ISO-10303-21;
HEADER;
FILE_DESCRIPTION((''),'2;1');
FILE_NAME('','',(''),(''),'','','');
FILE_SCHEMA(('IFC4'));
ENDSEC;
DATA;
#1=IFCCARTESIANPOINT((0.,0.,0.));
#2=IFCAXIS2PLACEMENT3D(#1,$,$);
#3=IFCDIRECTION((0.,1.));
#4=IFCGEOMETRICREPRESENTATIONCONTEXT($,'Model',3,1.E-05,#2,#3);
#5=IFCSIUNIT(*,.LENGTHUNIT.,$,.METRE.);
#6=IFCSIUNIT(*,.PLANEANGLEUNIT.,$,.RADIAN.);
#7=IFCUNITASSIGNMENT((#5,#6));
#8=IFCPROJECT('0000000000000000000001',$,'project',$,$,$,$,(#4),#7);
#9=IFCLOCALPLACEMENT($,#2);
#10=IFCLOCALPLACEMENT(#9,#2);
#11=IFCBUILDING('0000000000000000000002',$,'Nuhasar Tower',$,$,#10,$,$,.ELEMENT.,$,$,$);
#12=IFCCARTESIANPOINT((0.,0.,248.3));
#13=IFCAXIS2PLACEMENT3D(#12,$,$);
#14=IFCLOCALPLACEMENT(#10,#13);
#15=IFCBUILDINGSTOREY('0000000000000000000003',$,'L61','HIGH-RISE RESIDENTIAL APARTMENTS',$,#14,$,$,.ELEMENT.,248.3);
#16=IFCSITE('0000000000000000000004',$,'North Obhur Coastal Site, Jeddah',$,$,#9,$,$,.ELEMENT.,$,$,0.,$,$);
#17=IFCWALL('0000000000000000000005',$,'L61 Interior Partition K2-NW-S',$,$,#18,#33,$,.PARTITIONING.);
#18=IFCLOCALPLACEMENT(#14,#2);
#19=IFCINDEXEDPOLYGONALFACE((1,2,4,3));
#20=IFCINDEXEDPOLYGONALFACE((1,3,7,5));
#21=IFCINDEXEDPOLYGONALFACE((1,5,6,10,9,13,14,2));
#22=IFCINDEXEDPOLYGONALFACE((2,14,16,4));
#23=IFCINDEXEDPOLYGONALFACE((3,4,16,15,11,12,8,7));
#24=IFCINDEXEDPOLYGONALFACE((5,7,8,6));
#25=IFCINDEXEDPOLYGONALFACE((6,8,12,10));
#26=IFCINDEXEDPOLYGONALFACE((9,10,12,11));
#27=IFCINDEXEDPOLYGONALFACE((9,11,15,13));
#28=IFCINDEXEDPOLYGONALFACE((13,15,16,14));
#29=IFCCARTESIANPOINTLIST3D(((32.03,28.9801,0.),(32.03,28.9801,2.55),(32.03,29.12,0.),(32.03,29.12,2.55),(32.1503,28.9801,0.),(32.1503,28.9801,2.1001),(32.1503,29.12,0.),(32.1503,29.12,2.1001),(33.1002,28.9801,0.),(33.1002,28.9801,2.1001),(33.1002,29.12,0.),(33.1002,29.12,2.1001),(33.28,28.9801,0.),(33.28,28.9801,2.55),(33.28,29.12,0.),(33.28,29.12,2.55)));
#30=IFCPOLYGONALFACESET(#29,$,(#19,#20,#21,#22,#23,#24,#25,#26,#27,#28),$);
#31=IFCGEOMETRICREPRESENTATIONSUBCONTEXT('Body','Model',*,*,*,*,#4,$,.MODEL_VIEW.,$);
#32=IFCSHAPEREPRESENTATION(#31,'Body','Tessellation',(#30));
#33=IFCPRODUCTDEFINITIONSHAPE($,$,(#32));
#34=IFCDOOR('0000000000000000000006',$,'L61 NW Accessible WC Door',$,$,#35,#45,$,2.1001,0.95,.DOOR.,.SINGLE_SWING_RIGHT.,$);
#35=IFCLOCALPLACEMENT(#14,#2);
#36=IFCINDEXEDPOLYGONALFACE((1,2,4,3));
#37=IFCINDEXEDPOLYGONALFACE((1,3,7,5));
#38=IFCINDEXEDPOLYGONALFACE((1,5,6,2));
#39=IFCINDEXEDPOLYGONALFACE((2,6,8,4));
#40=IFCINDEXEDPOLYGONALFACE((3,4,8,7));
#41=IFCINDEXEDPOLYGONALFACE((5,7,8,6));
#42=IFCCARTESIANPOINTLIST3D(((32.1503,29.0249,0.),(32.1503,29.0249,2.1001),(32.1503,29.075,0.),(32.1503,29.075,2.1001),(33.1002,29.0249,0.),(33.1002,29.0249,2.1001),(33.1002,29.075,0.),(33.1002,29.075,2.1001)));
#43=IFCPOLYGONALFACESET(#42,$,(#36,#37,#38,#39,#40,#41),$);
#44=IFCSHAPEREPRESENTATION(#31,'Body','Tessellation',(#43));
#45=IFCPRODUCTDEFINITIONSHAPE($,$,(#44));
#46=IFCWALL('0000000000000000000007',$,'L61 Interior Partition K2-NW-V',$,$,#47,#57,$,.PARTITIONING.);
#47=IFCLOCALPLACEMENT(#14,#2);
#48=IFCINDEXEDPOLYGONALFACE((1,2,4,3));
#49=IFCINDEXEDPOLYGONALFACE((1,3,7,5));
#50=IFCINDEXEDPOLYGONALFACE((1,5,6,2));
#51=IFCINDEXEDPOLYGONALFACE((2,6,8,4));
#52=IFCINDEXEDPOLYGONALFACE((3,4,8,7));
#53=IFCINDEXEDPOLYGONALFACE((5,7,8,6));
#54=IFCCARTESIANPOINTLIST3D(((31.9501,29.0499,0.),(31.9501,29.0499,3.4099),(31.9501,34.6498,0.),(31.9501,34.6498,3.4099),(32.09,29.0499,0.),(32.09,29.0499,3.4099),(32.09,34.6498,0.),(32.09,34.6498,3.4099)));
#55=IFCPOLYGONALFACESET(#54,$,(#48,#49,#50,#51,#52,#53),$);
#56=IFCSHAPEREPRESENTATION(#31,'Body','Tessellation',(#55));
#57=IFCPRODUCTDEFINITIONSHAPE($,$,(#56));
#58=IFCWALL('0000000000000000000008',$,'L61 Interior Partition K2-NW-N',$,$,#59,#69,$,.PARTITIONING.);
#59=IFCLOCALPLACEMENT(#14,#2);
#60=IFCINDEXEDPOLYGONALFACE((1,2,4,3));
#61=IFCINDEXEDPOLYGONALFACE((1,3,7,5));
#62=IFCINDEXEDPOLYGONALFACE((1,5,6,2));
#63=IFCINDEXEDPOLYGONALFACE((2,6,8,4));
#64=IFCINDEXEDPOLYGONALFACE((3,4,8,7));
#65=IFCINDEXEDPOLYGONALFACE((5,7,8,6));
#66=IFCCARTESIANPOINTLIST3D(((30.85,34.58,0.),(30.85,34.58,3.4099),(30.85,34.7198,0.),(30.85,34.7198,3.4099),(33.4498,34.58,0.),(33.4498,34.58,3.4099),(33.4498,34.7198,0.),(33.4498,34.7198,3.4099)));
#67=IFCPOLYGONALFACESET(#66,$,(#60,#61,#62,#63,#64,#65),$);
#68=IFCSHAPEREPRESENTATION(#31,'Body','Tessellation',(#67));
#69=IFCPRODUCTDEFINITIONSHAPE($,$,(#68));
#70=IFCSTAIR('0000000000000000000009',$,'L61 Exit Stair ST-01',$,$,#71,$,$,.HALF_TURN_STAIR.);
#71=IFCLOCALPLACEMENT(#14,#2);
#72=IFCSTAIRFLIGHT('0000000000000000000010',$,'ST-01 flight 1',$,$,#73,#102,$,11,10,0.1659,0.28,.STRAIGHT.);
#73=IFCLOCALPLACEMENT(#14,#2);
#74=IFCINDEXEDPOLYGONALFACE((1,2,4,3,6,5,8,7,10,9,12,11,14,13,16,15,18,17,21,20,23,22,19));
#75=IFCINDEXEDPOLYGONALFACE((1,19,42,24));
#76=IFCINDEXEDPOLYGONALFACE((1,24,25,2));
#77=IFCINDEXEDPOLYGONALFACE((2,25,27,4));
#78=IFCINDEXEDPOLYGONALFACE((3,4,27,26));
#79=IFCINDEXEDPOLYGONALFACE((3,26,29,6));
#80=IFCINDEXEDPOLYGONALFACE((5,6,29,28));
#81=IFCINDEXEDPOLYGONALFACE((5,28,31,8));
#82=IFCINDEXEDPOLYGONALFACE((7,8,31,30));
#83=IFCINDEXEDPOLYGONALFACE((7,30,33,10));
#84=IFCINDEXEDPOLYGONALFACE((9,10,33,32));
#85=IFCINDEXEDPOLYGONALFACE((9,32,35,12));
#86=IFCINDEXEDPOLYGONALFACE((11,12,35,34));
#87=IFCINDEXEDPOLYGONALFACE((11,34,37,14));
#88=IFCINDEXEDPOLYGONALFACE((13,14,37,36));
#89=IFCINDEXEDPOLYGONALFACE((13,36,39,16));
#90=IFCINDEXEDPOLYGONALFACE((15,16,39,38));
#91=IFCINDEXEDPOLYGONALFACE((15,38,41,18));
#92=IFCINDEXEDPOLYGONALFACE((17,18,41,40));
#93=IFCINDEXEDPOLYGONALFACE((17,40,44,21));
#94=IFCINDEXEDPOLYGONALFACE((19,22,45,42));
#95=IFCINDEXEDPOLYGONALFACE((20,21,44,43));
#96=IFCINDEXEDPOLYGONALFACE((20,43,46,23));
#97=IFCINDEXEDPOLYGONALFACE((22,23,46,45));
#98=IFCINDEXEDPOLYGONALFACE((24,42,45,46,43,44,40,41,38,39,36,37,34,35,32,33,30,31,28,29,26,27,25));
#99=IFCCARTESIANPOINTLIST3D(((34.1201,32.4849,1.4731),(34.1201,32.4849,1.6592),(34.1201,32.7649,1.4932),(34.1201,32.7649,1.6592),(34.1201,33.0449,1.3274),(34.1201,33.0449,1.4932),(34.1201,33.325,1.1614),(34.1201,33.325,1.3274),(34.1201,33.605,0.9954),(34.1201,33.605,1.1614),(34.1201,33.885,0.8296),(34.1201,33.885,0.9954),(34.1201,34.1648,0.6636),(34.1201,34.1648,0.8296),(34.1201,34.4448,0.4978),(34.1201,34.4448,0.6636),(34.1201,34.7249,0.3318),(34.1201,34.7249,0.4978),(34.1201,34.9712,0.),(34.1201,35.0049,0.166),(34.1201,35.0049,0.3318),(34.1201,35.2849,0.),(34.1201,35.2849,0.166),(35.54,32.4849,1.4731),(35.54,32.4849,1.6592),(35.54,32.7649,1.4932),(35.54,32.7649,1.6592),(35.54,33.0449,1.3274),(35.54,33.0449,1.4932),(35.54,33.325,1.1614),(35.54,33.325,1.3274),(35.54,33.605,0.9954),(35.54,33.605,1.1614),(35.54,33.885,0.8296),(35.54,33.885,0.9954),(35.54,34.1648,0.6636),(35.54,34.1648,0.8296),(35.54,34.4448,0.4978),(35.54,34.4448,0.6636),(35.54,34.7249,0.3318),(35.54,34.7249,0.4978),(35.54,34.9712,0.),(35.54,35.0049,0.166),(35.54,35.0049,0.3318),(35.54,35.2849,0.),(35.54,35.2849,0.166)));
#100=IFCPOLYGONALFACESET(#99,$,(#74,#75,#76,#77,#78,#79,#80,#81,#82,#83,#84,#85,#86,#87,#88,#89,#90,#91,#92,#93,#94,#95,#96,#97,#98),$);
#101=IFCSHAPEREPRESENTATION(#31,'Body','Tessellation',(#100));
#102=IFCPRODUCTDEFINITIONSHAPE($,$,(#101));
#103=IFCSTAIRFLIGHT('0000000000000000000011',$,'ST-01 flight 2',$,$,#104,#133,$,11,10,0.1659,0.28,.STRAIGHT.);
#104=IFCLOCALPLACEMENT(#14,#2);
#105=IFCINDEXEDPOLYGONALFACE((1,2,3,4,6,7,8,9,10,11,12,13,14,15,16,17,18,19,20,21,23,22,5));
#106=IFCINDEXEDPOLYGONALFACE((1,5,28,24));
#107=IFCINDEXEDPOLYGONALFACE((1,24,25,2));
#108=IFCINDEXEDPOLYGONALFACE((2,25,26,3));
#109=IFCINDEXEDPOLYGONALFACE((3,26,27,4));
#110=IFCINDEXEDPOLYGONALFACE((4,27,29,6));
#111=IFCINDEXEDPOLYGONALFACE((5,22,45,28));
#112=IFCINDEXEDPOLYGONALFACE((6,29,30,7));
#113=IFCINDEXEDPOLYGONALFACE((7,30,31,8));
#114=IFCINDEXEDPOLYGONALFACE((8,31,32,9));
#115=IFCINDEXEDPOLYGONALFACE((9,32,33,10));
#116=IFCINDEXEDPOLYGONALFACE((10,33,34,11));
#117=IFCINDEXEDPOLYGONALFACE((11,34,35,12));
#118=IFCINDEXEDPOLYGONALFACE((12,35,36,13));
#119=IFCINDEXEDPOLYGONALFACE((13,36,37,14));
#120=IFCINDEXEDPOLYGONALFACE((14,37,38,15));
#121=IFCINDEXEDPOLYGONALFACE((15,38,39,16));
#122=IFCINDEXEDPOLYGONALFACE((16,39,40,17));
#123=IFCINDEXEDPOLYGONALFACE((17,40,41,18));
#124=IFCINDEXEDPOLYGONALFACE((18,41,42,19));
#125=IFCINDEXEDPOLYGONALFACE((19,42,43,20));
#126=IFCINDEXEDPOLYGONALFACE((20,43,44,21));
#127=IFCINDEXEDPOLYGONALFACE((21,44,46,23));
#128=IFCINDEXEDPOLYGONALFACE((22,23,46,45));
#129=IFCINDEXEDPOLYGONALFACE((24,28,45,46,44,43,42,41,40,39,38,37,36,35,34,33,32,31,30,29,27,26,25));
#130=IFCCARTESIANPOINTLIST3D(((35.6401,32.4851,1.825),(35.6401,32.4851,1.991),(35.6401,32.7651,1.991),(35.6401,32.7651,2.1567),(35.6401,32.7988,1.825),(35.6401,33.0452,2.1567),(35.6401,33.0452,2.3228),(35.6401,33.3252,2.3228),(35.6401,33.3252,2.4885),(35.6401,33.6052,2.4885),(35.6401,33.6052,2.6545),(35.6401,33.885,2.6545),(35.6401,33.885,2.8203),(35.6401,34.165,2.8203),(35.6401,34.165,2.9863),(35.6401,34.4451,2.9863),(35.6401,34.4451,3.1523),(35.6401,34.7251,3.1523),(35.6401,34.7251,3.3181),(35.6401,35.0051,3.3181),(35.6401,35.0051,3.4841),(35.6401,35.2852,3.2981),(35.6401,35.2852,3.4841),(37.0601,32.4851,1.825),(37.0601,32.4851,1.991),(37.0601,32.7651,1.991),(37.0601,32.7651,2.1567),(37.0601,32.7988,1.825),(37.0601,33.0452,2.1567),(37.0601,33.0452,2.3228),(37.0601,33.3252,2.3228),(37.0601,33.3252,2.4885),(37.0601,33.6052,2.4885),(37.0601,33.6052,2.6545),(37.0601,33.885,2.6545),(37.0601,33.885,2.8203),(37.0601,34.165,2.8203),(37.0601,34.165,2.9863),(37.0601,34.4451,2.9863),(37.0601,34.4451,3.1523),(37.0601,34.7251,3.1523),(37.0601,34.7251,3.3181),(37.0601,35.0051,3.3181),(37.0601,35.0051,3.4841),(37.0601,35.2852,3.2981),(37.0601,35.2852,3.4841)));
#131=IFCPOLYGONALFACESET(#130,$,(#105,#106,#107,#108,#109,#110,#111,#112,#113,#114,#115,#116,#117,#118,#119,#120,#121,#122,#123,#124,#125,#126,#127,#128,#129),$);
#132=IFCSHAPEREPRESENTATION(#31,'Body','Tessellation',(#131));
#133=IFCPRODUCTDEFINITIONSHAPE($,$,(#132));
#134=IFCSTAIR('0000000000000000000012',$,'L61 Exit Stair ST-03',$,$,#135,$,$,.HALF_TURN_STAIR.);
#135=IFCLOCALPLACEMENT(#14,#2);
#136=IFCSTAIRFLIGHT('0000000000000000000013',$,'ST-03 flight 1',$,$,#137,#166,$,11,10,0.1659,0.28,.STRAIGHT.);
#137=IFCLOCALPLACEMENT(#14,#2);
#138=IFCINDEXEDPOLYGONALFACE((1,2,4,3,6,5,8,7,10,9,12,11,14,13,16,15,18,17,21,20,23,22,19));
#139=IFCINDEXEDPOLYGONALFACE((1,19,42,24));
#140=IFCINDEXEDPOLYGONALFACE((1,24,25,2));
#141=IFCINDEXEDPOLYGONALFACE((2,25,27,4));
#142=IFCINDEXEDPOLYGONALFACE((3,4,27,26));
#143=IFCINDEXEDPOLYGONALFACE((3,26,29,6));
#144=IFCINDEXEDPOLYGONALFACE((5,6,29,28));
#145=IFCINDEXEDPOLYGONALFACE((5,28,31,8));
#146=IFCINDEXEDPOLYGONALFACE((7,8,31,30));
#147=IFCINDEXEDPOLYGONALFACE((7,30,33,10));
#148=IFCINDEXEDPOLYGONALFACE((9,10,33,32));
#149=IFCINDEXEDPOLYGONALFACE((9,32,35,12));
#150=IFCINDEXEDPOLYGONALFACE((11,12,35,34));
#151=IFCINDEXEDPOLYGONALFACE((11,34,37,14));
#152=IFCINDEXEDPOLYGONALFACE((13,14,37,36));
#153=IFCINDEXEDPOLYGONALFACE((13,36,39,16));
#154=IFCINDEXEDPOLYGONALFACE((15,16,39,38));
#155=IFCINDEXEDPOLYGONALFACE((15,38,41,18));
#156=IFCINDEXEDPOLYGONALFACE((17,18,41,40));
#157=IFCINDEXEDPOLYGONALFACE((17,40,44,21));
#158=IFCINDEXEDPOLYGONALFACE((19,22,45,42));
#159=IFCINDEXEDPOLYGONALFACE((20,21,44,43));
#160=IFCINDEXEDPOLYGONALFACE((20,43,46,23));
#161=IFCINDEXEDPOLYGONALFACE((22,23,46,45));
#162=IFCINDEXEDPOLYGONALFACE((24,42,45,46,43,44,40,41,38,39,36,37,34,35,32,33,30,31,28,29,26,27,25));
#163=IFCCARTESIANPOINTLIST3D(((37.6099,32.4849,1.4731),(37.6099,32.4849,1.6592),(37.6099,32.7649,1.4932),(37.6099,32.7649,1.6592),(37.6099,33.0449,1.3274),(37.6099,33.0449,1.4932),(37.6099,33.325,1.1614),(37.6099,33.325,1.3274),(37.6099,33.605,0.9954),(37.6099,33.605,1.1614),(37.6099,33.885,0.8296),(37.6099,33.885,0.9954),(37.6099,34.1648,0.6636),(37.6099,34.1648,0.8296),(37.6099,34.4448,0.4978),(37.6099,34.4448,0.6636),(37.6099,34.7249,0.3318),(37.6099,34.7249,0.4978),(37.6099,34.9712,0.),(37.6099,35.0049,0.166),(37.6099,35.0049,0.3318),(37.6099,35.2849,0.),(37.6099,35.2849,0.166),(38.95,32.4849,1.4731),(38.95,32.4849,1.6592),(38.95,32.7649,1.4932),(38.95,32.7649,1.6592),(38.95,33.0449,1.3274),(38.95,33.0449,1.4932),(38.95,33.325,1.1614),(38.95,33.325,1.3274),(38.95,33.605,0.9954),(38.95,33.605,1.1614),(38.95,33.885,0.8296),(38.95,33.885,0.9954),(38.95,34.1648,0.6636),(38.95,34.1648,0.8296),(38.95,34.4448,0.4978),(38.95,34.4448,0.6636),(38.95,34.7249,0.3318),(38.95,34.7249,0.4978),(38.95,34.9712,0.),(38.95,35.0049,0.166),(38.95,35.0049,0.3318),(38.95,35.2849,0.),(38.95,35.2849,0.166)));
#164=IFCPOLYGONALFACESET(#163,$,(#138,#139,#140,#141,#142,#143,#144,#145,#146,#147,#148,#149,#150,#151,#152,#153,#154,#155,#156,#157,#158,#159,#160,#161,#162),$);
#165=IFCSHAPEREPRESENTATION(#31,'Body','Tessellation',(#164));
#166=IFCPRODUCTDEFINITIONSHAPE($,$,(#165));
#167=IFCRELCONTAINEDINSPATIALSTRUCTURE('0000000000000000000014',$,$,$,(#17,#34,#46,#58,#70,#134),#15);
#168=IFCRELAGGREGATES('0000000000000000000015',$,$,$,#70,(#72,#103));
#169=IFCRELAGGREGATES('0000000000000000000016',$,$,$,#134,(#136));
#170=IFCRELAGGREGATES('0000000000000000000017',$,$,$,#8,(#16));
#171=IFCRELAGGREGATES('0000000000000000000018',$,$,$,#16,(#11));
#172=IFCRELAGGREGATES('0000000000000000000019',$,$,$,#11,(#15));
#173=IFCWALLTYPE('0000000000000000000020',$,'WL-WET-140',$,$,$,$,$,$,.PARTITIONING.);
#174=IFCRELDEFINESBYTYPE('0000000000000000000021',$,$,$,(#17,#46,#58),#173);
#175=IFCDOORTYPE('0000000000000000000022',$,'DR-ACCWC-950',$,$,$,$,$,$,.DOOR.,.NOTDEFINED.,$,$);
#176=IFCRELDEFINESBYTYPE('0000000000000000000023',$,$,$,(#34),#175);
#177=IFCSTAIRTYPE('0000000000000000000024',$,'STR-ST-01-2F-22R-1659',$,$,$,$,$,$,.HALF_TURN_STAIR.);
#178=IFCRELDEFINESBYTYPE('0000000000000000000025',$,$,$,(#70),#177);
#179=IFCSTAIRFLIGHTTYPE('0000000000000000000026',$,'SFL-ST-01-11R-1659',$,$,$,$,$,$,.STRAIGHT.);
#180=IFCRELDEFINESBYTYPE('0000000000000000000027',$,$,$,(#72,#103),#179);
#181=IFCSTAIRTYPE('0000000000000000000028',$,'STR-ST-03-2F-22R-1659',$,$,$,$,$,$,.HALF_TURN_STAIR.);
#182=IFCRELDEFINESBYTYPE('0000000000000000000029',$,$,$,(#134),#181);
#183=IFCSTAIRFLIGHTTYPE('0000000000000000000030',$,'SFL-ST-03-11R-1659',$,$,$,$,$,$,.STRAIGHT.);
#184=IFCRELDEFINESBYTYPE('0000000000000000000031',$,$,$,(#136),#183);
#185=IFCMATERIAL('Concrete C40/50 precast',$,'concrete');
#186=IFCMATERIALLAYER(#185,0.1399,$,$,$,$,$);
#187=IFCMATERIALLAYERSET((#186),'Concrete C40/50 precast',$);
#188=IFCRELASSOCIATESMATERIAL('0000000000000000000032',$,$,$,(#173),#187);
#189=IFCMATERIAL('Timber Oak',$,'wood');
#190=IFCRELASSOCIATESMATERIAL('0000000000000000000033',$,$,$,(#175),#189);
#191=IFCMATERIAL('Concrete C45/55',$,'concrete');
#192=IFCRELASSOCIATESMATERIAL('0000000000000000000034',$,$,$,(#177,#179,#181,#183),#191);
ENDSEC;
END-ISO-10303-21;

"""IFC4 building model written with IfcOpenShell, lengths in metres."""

from ifc_helpers import new_model, si_unit, direction, frame, frame_2d, origin, place, context, subcontext, project, spatial, polyline, rectangle, outline, extrude, material, layer, layer_set, type_object, element, fill, aggregate, save


model = new_model("IFC4")

# Units and contexts
model_context = context("Model", 3, precision=1e-05, world=origin(), true_north=direction((0.0, 1.0)))
body_context = subcontext(model_context, "Body", "Model", "MODEL_VIEW")
ifc_project = project(units=[si_unit("LENGTHUNIT", "METRE"), si_unit("PLANEANGLEUNIT", "RADIAN")], contexts=[model_context])

# Site, building, storey
site_placement = place(None, origin())
site = spatial("IfcSite", under=ifc_project, at=site_placement, Name="North Obhur Coastal Site, Jeddah", CompositionType="ELEMENT", RefElevation=0.0)
building_placement = place(site_placement, origin())
building = spatial("IfcBuilding", under=site, at=building_placement, Name="Nuhasar Tower", CompositionType="ELEMENT")
storey_placement = place(building_placement, frame((0.0, 0.0, 248.3)))
storey = spatial("IfcBuildingStorey", under=building, at=storey_placement, Name="L61", Description="HIGH-RISE RESIDENTIAL APARTMENTS", CompositionType="ELEMENT", Elevation=248.3)

# Shared definitions
ifc_material_1 = material(Name="Concrete C40/50 precast", Category="concrete")
ifc_layer_1 = layer(ifc_material_1, 0.1399)
ifc_layer_set_1 = layer_set([ifc_layer_1], Name="Concrete C40/50 precast")
wall_type_1 = type_object("IfcWallType", Name="WL-WET-140", PredefinedType="PARTITIONING", material=ifc_layer_set_1)

# Wall, opening, door
wall_1_placement = place(storey_placement, frame((32.03, 29.05, 0.0), z_axis=(0.0, 0.0, 1.0), x_axis=(1.0, 0.0, 0.0)))
wall_1 = element("IfcWall", 1, at=wall_1_placement, inside=storey, type_object=wall_type_1, Name="L61 Interior Partition K2-NW-S", PredefinedType="PARTITIONING", context=body_context, shape_type="SweptSolid", body=[
    extrude(rectangle(XDim=1.25, YDim=0.1399, at=frame_2d((0.625, 0.0))), origin(), (0.0, 0.0, 1.0), 2.55),
])
opening_placement = place(wall_1_placement, frame((0.1201, 0.0, 0.0)))
opening = element("IfcOpeningElement", 2, at=opening_placement, cuts=wall_1, PredefinedType="OPENING", context=body_context, shape_type="SweptSolid", body=[
    extrude(rectangle(XDim=0.95, YDim=2.1001, at=frame_2d((0.4751, 1.05))), frame((0.0, 0.0801, 0.0), z_axis=(0.0, -1.0, 0.0), x_axis=(1.0, 0.0, 0.0)), (0.0, 0.0, 1.0), 0.1599),
])
ifc_material_2 = material(Name="Timber Oak", Category="wood")
door_type = type_object("IfcDoorType", Name="DR-ACCWC-950", OperationType="NOTDEFINED", PredefinedType="DOOR", material=ifc_material_2)
door_placement = place(opening_placement, origin())
door = element("IfcDoor", 3, at=door_placement, inside=storey, type_object=door_type, Name="L61 NW Accessible WC Door", OperationType="SINGLE_SWING_RIGHT", OverallHeight=2.1001, OverallWidth=0.95, PredefinedType="DOOR", context=body_context, shape_type="SweptSolid", body=[
    extrude(rectangle(XDim=0.95, YDim=2.1001, at=frame_2d((0.4751, 1.05))), frame((0.0, 0.0249, 0.0), z_axis=(0.0, -1.0, 0.0), x_axis=(1.0, 0.0, 0.0)), (0.0, 0.0, 1.0), 0.05),
])
fill(opening, door)

# Walls
wall_2_placement = place(storey_placement, frame((32.02, 29.05, 0.0), z_axis=(0.0, 0.0, 1.0), x_axis=(0.0, 1.0, 0.0)))
element("IfcWall", 4, at=wall_2_placement, inside=storey, type_object=wall_type_1, Name="L61 Interior Partition K2-NW-V", PredefinedType="PARTITIONING", context=body_context, shape_type="SweptSolid", body=[
    extrude(rectangle(XDim=5.5999, YDim=0.1399, at=frame_2d((2.7998, 0.0))), origin(), (0.0, 0.0, 1.0), 3.4099),
])
wall_3_placement = place(storey_placement, frame((30.8501, 34.6499, 0.0), z_axis=(0.0, 0.0, 1.0), x_axis=(1.0, 0.0, 0.0)))
element("IfcWall", 5, at=wall_3_placement, inside=storey, type_object=wall_type_1, Name="L61 Interior Partition K2-NW-N", PredefinedType="PARTITIONING", context=body_context, shape_type="SweptSolid", body=[
    extrude(rectangle(XDim=2.5999, YDim=0.1399, at=frame_2d((1.2998, 0.0))), origin(), (0.0, 0.0, 1.0), 3.4099),
])

# Stair, stair flights
ifc_material_3 = material(Name="Concrete C45/55", Category="concrete")
stair_type_1 = type_object("IfcStairType", Name="STR-ST-01-2F-22R-1659", PredefinedType="HALF_TURN_STAIR", material=ifc_material_3)
stair_1_placement = place(storey_placement, origin())
stair_1 = element("IfcStair", 6, at=stair_1_placement, inside=storey, type_object=stair_type_1, Name="L61 Exit Stair ST-01", PredefinedType="HALF_TURN_STAIR")
stair_flight_type_1 = type_object("IfcStairFlightType", Name="SFL-ST-01-11R-1659", PredefinedType="STRAIGHT", material=ifc_material_3)
stair_flight_1_placement = place(storey_placement, frame((34.8301, 35.2849, 0.0), z_axis=(0.0, 0.0, 1.0), x_axis=(0.0, -1.0, 0.0)))
stair_flight_1 = element("IfcStairFlight", 7, at=stair_flight_1_placement, type_object=stair_flight_type_1, Name="ST-01 flight 1", NumberOfRisers=11, NumberOfTreads=10, PredefinedType="STRAIGHT", RiserHeight=0.1659, TreadLength=0.28, context=body_context, shape_type="SweptSolid", body=[
    extrude(outline(polyline([(0.0, 0.0), (0.0, 0.166), (0.28, 0.166), (0.28, 0.3318), (0.5601, 0.3318), (0.5601, 0.4978), (0.8401, 0.4978), (0.8401, 0.6636), (1.1201, 0.6636), (1.1201, 0.8296), (1.3999, 0.8296), (1.3999, 0.9954), (1.6799, 0.9954), (1.6799, 1.1614), (1.96, 1.1614), (1.96, 1.3274), (2.24, 1.3274), (2.24, 1.4932), (2.52, 1.4932), (2.52, 1.6592), (2.8, 1.6592), (2.8, 1.825), (2.8, 1.4731), (0.3137, 0.0), (0.0, 0.0)])), frame((0.0, 0.71, 0.0), z_axis=(0.0, -1.0, 0.0), x_axis=(1.0, 0.0, 0.0)), (0.0, 0.0, 1.0), 1.4199),
])
stair_flight_2_placement = place(storey_placement, frame((36.3501, 32.4851, 1.825), z_axis=(0.0, 0.0, 1.0), x_axis=(0.0, 1.0, 0.0)))
stair_flight_2 = element("IfcStairFlight", 8, at=stair_flight_2_placement, type_object=stair_flight_type_1, Name="ST-01 flight 2", NumberOfRisers=11, NumberOfTreads=10, PredefinedType="STRAIGHT", RiserHeight=0.1659, TreadLength=0.28, context=body_context, shape_type="SweptSolid", body=[
    extrude(outline(polyline([(0.0, 0.0), (0.0, 0.166), (0.28, 0.166), (0.28, 0.3318), (0.5601, 0.3318), (0.5601, 0.4978), (0.8401, 0.4978), (0.8401, 0.6636), (1.1201, 0.6636), (1.1201, 0.8296), (1.3999, 0.8296), (1.3999, 0.9954), (1.6799, 0.9954), (1.6799, 1.1614), (1.96, 1.1614), (1.96, 1.3274), (2.24, 1.3274), (2.24, 1.4932), (2.52, 1.4932), (2.52, 1.6592), (2.8, 1.6592), (2.8, 1.825), (2.8, 1.4731), (0.3137, 0.0), (0.0, 0.0)])), frame((0.0, 0.71, 0.0), z_axis=(0.0, -1.0, 0.0), x_axis=(1.0, 0.0, 0.0)), (0.0, 0.0, 1.0), 1.4199),
])
aggregate(stair_1, [stair_flight_1, stair_flight_2])

# Stair, stair flight
stair_type_2 = type_object("IfcStairType", Name="STR-ST-03-2F-22R-1659", PredefinedType="HALF_TURN_STAIR", material=ifc_material_3)
stair_2_placement = place(storey_placement, origin())
stair_2 = element("IfcStair", 9, at=stair_2_placement, inside=storey, type_object=stair_type_2, Name="L61 Exit Stair ST-03", PredefinedType="HALF_TURN_STAIR")
stair_flight_type_2 = type_object("IfcStairFlightType", Name="SFL-ST-03-11R-1659", PredefinedType="STRAIGHT", material=ifc_material_3)
stair_flight_3_placement = place(storey_placement, frame((38.28, 35.2849, 0.0), z_axis=(0.0, 0.0, 1.0), x_axis=(0.0, -1.0, 0.0)))
stair_flight_3 = element("IfcStairFlight", 10, at=stair_flight_3_placement, type_object=stair_flight_type_2, Name="ST-03 flight 1", NumberOfRisers=11, NumberOfTreads=10, PredefinedType="STRAIGHT", RiserHeight=0.1659, TreadLength=0.28, context=body_context, shape_type="SweptSolid", body=[
    extrude(outline(polyline([(0.0, 0.0), (0.0, 0.166), (0.28, 0.166), (0.28, 0.3318), (0.5601, 0.3318), (0.5601, 0.4978), (0.8401, 0.4978), (0.8401, 0.6636), (1.1201, 0.6636), (1.1201, 0.8296), (1.3999, 0.8296), (1.3999, 0.9954), (1.6799, 0.9954), (1.6799, 1.1614), (1.96, 1.1614), (1.96, 1.3274), (2.24, 1.3274), (2.24, 1.4932), (2.52, 1.4932), (2.52, 1.6592), (2.8, 1.6592), (2.8, 1.825), (2.8, 1.4731), (0.3137, 0.0), (0.0, 0.0)])), frame((0.0, 0.6699, 0.0), z_axis=(0.0, -1.0, 0.0), x_axis=(1.0, 0.0, 0.0)), (0.0, 0.0, 1.0), 1.3401),
])
aggregate(stair_2, [stair_flight_3])

save(model, "model.ifc")
